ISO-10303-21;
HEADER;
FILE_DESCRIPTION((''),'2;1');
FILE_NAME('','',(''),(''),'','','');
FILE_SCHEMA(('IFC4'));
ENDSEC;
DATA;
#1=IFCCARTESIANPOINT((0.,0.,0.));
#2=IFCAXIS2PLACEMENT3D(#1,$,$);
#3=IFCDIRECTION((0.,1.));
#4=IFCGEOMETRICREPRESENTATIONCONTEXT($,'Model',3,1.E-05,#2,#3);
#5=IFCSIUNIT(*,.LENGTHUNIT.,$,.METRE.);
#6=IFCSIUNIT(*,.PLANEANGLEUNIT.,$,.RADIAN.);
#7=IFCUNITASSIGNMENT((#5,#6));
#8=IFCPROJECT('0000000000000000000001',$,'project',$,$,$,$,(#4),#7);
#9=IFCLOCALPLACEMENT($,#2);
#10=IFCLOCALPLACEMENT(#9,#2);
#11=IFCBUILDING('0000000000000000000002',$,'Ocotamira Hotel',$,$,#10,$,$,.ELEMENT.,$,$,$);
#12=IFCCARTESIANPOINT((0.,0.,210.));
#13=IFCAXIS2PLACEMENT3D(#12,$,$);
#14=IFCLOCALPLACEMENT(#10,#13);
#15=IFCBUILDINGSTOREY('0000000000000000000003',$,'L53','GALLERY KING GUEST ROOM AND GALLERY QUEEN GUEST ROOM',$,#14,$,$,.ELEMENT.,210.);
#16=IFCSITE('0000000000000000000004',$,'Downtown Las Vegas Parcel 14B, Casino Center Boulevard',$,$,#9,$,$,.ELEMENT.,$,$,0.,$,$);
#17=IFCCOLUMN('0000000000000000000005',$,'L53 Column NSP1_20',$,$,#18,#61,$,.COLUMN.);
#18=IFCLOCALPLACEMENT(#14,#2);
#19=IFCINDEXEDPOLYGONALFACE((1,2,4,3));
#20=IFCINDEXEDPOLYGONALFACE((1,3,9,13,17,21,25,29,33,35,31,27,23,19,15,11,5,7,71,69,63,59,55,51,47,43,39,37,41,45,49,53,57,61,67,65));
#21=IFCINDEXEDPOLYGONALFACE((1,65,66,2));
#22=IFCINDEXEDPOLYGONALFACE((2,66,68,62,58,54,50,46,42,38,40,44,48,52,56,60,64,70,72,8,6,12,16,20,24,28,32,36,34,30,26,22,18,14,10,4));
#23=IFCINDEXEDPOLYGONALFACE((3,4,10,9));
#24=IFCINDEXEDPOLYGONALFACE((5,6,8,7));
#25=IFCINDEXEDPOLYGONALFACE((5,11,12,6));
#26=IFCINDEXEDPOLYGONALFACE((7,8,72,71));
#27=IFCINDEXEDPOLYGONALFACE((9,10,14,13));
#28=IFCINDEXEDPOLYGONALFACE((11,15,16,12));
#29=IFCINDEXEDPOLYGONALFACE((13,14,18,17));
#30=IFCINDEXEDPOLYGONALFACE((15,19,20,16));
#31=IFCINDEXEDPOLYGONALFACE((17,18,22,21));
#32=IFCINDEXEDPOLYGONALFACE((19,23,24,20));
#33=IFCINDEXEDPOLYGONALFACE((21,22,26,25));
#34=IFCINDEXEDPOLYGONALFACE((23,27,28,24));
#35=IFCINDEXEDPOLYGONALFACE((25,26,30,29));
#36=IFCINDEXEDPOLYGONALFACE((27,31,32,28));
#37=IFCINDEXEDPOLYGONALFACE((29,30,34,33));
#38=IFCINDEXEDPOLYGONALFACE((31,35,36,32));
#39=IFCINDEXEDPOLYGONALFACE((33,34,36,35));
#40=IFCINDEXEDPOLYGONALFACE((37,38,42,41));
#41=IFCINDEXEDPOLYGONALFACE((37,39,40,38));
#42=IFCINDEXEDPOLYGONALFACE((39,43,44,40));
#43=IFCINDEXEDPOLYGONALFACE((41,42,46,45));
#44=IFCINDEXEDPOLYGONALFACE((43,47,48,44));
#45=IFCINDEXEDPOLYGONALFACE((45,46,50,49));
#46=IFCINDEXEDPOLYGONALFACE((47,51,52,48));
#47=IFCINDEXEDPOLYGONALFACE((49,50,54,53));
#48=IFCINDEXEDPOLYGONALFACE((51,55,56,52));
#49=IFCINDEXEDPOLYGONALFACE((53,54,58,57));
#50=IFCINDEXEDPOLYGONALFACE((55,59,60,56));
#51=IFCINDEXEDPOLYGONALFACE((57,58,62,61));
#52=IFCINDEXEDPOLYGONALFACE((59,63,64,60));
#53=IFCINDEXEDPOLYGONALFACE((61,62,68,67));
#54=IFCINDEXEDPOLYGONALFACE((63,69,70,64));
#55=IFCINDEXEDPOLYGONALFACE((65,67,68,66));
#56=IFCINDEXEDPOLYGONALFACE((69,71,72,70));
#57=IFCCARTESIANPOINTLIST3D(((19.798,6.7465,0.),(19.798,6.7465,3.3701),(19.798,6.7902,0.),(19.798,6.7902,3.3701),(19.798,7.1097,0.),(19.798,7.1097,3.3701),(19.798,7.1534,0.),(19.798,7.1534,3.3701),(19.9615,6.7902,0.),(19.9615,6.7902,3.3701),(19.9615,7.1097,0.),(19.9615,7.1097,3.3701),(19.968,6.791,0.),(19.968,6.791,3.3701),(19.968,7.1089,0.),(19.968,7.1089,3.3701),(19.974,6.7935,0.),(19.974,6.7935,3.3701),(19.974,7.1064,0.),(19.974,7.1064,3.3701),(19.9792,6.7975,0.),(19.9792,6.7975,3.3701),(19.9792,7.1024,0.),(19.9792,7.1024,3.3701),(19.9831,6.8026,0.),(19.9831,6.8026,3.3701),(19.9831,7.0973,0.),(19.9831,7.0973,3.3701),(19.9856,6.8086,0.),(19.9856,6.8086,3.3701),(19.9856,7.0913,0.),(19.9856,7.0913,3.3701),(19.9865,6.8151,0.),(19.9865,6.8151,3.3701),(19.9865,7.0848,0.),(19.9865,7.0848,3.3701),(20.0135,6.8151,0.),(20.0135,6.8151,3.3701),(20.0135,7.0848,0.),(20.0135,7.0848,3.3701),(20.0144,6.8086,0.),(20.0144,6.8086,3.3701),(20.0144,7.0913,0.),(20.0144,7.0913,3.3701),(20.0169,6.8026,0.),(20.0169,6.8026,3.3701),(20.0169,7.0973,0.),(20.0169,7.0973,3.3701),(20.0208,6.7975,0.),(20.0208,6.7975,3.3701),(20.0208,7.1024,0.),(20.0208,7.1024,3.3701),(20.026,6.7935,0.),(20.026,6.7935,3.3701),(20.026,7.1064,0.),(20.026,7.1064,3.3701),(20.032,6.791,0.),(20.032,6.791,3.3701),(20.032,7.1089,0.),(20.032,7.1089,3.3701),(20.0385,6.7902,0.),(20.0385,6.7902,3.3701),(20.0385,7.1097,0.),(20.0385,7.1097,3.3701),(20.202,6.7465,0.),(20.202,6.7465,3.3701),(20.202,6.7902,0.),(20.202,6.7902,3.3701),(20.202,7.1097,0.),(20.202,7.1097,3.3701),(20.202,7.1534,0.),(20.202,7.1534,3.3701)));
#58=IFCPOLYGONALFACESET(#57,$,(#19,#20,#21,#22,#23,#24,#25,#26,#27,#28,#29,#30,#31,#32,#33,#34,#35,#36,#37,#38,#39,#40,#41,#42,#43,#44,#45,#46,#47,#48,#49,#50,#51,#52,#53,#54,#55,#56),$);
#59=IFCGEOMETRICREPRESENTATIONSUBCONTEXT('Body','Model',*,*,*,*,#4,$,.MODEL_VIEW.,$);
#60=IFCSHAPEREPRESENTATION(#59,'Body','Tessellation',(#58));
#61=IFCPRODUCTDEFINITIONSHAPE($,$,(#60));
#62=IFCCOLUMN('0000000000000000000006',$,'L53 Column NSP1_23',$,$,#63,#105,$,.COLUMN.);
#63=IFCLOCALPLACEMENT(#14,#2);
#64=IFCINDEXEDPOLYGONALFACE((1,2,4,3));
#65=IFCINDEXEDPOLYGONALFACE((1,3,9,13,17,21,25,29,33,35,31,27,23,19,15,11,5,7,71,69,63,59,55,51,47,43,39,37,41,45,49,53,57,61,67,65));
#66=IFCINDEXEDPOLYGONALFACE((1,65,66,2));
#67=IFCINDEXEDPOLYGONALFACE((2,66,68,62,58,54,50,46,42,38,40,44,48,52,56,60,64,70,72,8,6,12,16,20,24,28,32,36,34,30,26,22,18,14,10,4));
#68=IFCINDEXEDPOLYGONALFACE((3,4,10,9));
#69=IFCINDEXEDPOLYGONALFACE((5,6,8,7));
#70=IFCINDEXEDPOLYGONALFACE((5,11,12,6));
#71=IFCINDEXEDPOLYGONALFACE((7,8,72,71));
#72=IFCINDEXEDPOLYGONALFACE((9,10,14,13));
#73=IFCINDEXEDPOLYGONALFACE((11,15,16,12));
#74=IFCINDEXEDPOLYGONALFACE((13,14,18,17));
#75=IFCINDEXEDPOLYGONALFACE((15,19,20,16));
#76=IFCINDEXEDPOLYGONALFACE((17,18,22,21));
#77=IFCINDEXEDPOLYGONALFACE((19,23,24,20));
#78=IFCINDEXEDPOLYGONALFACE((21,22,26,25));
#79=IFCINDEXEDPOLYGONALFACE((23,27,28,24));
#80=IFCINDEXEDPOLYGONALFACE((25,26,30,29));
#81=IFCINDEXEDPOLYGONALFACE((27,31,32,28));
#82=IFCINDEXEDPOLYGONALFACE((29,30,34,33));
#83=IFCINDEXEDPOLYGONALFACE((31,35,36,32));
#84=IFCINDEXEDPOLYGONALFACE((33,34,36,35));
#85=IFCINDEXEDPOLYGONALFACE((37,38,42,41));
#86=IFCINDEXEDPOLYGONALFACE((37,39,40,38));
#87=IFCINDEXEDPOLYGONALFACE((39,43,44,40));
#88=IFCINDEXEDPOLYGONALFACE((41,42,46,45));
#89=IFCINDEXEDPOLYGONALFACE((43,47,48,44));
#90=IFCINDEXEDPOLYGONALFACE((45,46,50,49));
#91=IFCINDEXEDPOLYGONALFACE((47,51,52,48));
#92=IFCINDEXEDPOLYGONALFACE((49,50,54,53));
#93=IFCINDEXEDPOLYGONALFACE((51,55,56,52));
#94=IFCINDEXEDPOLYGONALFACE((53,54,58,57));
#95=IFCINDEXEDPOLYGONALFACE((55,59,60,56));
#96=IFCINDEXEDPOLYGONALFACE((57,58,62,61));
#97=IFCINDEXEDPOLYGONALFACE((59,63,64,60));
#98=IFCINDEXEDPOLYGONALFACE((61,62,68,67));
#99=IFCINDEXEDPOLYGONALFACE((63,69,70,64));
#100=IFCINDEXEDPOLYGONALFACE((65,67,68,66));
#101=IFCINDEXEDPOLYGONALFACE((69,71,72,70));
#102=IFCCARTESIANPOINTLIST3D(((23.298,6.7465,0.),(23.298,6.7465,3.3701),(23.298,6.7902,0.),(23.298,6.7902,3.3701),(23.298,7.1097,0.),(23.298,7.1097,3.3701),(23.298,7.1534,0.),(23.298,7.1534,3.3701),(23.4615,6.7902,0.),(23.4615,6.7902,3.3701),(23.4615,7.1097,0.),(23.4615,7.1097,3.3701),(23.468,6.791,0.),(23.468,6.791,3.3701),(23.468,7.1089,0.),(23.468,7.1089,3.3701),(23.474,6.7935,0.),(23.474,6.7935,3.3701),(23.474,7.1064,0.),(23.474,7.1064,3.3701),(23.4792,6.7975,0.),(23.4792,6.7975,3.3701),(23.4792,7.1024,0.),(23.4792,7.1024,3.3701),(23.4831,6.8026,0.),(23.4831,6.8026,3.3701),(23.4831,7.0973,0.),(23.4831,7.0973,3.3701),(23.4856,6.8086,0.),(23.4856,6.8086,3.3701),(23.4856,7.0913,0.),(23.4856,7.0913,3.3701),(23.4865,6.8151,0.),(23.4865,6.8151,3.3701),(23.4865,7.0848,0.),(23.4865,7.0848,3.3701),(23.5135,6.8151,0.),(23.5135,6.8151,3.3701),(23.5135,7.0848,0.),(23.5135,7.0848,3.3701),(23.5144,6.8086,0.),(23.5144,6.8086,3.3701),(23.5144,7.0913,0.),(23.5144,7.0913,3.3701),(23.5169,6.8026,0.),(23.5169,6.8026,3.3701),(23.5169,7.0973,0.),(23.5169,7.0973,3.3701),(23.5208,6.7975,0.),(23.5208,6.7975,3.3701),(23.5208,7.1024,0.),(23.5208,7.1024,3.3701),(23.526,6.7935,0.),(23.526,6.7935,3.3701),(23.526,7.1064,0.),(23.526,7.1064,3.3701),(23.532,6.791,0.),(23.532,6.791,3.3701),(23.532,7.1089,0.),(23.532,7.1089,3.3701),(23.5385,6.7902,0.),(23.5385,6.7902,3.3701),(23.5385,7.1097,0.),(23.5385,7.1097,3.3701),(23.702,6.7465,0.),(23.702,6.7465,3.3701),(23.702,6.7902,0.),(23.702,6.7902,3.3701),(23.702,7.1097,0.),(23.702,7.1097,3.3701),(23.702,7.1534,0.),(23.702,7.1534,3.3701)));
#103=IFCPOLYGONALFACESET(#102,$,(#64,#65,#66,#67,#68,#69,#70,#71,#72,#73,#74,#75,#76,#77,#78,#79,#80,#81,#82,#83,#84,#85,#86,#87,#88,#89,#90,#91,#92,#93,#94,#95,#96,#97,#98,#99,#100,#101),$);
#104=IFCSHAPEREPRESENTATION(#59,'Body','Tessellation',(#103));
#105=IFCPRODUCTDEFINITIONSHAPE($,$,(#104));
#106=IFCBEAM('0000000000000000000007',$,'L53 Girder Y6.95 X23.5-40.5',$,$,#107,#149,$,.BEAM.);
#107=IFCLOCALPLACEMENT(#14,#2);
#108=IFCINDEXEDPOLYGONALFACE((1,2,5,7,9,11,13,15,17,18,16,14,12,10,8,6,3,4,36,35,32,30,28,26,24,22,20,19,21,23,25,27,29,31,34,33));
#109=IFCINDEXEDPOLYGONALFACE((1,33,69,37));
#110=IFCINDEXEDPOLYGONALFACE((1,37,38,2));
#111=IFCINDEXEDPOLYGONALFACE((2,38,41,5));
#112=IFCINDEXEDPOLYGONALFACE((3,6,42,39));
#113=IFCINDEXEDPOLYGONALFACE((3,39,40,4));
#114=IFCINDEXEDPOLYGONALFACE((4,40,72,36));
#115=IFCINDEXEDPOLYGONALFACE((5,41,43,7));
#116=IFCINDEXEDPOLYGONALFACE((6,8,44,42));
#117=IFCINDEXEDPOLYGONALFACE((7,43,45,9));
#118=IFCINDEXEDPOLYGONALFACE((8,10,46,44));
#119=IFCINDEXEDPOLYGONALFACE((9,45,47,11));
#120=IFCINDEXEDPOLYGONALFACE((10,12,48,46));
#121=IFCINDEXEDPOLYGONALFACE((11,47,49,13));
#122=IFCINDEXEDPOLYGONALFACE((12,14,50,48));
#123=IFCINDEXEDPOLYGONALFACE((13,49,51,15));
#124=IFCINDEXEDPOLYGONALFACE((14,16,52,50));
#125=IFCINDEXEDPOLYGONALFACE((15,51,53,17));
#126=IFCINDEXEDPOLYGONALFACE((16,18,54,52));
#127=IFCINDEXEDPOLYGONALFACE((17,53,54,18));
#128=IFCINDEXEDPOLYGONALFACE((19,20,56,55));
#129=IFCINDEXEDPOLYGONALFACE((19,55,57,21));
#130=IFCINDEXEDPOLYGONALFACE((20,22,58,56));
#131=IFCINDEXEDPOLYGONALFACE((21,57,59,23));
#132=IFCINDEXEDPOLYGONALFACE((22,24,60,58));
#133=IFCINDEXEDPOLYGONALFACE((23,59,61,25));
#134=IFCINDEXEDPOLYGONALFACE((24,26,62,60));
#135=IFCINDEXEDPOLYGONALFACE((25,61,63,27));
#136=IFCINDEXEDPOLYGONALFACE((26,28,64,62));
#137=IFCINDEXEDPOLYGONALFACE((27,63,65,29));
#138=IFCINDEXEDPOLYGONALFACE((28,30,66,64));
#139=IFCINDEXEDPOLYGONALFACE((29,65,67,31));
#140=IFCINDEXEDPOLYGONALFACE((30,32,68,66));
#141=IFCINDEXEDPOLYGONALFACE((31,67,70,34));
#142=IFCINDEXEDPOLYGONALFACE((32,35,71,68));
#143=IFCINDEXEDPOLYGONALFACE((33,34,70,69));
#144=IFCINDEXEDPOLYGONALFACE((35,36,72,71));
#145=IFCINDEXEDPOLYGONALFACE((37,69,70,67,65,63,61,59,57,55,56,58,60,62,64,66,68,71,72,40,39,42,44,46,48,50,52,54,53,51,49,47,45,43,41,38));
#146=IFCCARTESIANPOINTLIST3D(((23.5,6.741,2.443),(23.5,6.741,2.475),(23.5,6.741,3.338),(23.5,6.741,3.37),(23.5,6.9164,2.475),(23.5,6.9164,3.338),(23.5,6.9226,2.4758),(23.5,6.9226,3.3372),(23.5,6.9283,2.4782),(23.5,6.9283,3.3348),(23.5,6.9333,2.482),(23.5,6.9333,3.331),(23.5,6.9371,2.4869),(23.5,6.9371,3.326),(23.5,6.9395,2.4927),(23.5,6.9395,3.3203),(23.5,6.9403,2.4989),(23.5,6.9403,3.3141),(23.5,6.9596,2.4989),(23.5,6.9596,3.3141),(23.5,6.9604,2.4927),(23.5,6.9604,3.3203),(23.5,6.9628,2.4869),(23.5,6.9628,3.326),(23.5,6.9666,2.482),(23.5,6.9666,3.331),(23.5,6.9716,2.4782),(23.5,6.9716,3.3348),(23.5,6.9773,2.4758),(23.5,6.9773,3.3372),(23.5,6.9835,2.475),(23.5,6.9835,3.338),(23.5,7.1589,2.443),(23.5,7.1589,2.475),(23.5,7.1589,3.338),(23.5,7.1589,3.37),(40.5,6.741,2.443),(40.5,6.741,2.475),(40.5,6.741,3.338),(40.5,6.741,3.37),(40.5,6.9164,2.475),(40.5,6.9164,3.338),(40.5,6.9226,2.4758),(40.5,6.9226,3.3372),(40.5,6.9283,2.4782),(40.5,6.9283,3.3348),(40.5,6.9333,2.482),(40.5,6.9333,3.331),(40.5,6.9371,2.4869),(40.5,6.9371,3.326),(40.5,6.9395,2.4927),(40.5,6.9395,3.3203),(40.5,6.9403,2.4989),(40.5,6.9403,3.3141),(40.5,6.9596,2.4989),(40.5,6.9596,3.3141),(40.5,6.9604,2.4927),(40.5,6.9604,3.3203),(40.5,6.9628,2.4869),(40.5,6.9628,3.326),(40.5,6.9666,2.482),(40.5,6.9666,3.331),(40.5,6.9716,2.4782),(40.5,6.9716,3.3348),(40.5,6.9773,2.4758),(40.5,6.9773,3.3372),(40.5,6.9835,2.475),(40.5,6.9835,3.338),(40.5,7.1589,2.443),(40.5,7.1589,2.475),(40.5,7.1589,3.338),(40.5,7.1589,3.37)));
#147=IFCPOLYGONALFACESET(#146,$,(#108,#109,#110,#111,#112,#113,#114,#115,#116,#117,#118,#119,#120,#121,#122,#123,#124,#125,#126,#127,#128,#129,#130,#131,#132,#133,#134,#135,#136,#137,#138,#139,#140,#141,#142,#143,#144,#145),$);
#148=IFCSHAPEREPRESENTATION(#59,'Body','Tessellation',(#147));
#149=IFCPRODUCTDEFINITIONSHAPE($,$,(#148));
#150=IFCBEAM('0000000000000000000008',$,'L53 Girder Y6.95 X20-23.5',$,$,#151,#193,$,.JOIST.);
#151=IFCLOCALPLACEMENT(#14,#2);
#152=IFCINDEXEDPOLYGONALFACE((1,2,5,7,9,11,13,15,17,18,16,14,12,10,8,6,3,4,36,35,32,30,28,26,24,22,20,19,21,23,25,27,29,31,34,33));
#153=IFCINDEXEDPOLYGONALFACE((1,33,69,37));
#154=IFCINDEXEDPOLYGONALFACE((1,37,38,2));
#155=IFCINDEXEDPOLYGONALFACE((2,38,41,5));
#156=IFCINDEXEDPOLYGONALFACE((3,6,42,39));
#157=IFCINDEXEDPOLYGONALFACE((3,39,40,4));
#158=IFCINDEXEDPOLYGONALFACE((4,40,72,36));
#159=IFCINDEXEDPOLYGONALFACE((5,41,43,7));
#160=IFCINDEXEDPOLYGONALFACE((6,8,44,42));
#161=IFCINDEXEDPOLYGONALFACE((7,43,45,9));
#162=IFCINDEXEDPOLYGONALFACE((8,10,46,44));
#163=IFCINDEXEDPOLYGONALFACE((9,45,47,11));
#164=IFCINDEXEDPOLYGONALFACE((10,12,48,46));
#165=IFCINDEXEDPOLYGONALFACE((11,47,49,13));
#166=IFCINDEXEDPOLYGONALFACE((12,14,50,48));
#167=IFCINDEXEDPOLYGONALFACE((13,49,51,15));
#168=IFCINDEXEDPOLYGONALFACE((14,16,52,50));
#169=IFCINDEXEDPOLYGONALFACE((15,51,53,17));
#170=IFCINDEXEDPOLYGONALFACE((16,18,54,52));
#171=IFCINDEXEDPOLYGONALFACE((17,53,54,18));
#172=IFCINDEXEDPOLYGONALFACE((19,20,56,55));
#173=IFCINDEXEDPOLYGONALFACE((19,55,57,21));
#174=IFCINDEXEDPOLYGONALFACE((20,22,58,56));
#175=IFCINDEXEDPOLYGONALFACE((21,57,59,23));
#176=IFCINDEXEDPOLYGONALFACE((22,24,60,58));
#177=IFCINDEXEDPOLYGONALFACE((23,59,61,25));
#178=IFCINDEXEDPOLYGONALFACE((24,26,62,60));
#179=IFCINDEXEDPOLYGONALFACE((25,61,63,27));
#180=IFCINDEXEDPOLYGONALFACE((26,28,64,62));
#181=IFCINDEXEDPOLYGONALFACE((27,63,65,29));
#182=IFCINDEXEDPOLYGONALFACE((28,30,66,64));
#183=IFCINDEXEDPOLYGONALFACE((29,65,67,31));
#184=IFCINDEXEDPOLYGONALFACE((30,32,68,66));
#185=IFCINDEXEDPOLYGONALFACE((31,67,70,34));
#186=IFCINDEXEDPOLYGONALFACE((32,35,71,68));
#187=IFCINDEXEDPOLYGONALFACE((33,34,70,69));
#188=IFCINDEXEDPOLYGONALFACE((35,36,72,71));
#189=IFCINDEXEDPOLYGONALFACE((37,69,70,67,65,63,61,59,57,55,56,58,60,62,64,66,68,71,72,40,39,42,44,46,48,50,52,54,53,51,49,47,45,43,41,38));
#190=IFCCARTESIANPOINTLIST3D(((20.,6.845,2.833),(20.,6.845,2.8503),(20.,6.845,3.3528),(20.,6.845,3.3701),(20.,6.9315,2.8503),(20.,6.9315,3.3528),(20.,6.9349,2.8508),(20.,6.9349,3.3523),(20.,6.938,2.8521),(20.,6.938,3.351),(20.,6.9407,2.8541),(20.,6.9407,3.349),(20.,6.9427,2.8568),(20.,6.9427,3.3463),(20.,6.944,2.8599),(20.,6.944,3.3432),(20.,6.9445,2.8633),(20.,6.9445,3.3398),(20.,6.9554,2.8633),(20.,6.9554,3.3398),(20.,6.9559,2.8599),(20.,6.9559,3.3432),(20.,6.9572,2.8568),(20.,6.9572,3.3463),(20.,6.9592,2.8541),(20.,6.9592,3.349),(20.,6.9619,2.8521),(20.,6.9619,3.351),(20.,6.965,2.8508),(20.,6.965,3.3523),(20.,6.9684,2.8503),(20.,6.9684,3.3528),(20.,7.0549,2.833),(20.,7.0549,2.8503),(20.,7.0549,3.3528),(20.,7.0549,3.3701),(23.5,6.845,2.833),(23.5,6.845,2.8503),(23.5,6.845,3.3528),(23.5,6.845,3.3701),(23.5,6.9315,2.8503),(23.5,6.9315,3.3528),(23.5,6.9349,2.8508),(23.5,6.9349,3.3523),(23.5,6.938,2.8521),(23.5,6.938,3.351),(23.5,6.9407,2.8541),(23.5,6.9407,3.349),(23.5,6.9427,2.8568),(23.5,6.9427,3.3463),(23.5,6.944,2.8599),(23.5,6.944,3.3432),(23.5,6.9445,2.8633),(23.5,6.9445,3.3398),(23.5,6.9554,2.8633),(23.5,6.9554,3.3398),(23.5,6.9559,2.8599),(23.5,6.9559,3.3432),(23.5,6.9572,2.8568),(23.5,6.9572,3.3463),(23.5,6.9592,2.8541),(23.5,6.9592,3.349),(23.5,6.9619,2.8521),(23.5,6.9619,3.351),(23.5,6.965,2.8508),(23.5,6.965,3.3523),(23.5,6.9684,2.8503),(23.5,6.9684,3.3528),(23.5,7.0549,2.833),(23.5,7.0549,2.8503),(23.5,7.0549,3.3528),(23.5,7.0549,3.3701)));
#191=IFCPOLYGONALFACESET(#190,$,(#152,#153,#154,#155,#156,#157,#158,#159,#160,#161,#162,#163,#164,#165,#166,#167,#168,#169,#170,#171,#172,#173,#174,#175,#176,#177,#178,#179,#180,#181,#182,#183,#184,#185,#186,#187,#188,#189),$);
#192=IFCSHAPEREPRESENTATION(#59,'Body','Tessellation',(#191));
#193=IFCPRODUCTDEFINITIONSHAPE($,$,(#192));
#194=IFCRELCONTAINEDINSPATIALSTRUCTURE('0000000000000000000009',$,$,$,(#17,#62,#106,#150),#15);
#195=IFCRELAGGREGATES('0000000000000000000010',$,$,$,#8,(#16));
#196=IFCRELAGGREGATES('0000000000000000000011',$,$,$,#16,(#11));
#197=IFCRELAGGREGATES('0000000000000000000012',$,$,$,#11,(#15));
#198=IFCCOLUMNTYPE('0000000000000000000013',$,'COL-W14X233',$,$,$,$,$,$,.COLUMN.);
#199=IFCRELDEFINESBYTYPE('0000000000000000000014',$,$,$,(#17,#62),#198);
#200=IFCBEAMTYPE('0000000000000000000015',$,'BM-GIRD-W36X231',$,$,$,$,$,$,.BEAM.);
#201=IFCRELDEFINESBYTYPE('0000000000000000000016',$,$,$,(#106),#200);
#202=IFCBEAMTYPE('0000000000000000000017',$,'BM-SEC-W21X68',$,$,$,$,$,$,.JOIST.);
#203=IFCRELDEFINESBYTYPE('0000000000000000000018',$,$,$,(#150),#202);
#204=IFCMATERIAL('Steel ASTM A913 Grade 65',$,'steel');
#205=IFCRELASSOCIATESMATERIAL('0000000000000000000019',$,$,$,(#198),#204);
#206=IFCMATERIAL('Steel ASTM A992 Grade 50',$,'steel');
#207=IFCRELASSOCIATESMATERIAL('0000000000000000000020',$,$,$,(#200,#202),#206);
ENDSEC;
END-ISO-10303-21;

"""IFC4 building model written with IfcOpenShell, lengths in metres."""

from ifc_helpers import new_model, si_unit, direction, frame, origin, origin_2d, place, context, subcontext, project, spatial, i_section, extrude, source, transform, mapped, material, material_profile, profile_set, type_object, element, save


model = new_model("IFC4")

# Units and contexts
model_context = context("Model", 3, precision=1e-05, world=origin(), true_north=direction((0.0, 1.0)))
body_context = subcontext(model_context, "Body", "Model", "MODEL_VIEW")
ifc_project = project(units=[si_unit("LENGTHUNIT", "METRE"), si_unit("PLANEANGLEUNIT", "RADIAN")], contexts=[model_context])

# Site, building, storey
site_placement = place(None, origin())
site = spatial("IfcSite", under=ifc_project, at=site_placement, Name="Downtown Las Vegas Parcel 14B, Casino Center Boulevard", CompositionType="ELEMENT", RefElevation=0.0)
building_placement = place(site_placement, origin())
building = spatial("IfcBuilding", under=site, at=building_placement, Name="Ocotamira Hotel", CompositionType="ELEMENT")
storey_placement = place(building_placement, frame((0.0, 0.0, 210.0)))
storey = spatial("IfcBuildingStorey", under=building, at=storey_placement, Name="L53", Description="GALLERY KING GUEST ROOM AND GALLERY QUEEN GUEST ROOM", CompositionType="ELEMENT", Elevation=210.0)

# Columns
ifc_material_1 = material(Name="Steel ASTM A913 Grade 65", Category="steel")
ifc_material_profile_1 = material_profile(ifc_material_1, i_section(OverallWidth=0.4041, OverallDepth=0.407, WebThickness=0.0271, FlangeThickness=0.0437, FilletRadius=0.0249, at=origin_2d()), Name="W14X233")
ifc_profile_set_1 = profile_set([ifc_material_profile_1], Name="Steel ASTM A913 Grade 65")
column_type = type_object("IfcColumnType", Name="COL-W14X233", PredefinedType="COLUMN", material=ifc_profile_set_1)
shared_shape_1 = source(origin(), body_context, "Body", "SweptSolid", [
    extrude(i_section(OverallWidth=0.4041, OverallDepth=0.407, WebThickness=0.0271, FlangeThickness=0.0437, FilletRadius=0.0249, at=origin_2d()), origin(), (0.0, 0.0, 1.0), 3.3701),
])
for number, where, z_axis, x_axis, name in (
    (1, (20.0, 6.95, 0.0), (0.0, 0.0, 1.0), (1.0, 0.0, 0.0), "L53 Column NSP1_20"),
    (2, (23.5, 6.95, 0.0), (0.0, 0.0, 1.0), (1.0, 0.0, 0.0), "L53 Column NSP1_23"),
):
    element("IfcColumn", number, at=place(storey_placement, frame(where, z_axis=z_axis, x_axis=x_axis)), inside=storey, type_object=column_type, Name=name, PredefinedType="COLUMN", context=body_context, shape_type="MappedRepresentation", body=[
        mapped(shared_shape_1, transform((0.0, 0.0, 0.0), scale=1.0)),
    ])

# Beams
ifc_material_2 = material(Name="Steel ASTM A992 Grade 50", Category="steel")
ifc_material_profile_2 = material_profile(ifc_material_2, i_section(OverallWidth=0.418, OverallDepth=0.927, WebThickness=0.0193, FlangeThickness=0.032, FilletRadius=0.0239, at=origin_2d()), Name="W36X231")
ifc_profile_set_2 = profile_set([ifc_material_profile_2], Name="Steel ASTM A992 Grade 50")
beam_type_1 = type_object("IfcBeamType", Name="BM-GIRD-W36X231", PredefinedType="BEAM", material=ifc_profile_set_2)
shared_shape_2 = source(origin(), body_context, "Body", "SweptSolid", [
    extrude(i_section(OverallWidth=0.418, OverallDepth=0.927, WebThickness=0.0193, FlangeThickness=0.032, FilletRadius=0.0239, at=origin_2d()), origin(), (0.0, 0.0, 1.0), 17.0),
])
beam_1_placement = place(storey_placement, frame((23.5, 6.95, 2.9065), z_axis=(1.0, 0.0, 0.0), x_axis=(0.0, 1.0, 0.0)))
element("IfcBeam", 3, at=beam_1_placement, inside=storey, type_object=beam_type_1, Name="L53 Girder Y6.95 X23.5-40.5", PredefinedType="BEAM", context=body_context, shape_type="MappedRepresentation", body=[
    mapped(shared_shape_2, transform((0.0, 0.0, 0.0), scale=1.0)),
])
ifc_material_profile_3 = material_profile(ifc_material_2, i_section(OverallWidth=0.21, OverallDepth=0.5371, WebThickness=0.011, FlangeThickness=0.0173, FilletRadius=0.0129, at=origin_2d()), Name="W21X68")
ifc_profile_set_3 = profile_set([ifc_material_profile_3], Name="Steel ASTM A992 Grade 50")
beam_type_2 = type_object("IfcBeamType", Name="BM-SEC-W21X68", PredefinedType="JOIST", material=ifc_profile_set_3)
shared_shape_3 = source(origin(), body_context, "Body", "SweptSolid", [
    extrude(i_section(OverallWidth=0.21, OverallDepth=0.5371, WebThickness=0.011, FlangeThickness=0.0173, FilletRadius=0.0129, at=origin_2d()), origin(), (0.0, 0.0, 1.0), 3.5),
])
beam_2_placement = place(storey_placement, frame((20.0, 6.95, 3.1016), z_axis=(1.0, 0.0, 0.0), x_axis=(0.0, 1.0, 0.0)))
element("IfcBeam", 4, at=beam_2_placement, inside=storey, type_object=beam_type_2, Name="L53 Girder Y6.95 X20-23.5", PredefinedType="JOIST", context=body_context, shape_type="MappedRepresentation", body=[
    mapped(shared_shape_3, transform((0.0, 0.0, 0.0), scale=1.0)),
])

save(model, "model.ifc")
